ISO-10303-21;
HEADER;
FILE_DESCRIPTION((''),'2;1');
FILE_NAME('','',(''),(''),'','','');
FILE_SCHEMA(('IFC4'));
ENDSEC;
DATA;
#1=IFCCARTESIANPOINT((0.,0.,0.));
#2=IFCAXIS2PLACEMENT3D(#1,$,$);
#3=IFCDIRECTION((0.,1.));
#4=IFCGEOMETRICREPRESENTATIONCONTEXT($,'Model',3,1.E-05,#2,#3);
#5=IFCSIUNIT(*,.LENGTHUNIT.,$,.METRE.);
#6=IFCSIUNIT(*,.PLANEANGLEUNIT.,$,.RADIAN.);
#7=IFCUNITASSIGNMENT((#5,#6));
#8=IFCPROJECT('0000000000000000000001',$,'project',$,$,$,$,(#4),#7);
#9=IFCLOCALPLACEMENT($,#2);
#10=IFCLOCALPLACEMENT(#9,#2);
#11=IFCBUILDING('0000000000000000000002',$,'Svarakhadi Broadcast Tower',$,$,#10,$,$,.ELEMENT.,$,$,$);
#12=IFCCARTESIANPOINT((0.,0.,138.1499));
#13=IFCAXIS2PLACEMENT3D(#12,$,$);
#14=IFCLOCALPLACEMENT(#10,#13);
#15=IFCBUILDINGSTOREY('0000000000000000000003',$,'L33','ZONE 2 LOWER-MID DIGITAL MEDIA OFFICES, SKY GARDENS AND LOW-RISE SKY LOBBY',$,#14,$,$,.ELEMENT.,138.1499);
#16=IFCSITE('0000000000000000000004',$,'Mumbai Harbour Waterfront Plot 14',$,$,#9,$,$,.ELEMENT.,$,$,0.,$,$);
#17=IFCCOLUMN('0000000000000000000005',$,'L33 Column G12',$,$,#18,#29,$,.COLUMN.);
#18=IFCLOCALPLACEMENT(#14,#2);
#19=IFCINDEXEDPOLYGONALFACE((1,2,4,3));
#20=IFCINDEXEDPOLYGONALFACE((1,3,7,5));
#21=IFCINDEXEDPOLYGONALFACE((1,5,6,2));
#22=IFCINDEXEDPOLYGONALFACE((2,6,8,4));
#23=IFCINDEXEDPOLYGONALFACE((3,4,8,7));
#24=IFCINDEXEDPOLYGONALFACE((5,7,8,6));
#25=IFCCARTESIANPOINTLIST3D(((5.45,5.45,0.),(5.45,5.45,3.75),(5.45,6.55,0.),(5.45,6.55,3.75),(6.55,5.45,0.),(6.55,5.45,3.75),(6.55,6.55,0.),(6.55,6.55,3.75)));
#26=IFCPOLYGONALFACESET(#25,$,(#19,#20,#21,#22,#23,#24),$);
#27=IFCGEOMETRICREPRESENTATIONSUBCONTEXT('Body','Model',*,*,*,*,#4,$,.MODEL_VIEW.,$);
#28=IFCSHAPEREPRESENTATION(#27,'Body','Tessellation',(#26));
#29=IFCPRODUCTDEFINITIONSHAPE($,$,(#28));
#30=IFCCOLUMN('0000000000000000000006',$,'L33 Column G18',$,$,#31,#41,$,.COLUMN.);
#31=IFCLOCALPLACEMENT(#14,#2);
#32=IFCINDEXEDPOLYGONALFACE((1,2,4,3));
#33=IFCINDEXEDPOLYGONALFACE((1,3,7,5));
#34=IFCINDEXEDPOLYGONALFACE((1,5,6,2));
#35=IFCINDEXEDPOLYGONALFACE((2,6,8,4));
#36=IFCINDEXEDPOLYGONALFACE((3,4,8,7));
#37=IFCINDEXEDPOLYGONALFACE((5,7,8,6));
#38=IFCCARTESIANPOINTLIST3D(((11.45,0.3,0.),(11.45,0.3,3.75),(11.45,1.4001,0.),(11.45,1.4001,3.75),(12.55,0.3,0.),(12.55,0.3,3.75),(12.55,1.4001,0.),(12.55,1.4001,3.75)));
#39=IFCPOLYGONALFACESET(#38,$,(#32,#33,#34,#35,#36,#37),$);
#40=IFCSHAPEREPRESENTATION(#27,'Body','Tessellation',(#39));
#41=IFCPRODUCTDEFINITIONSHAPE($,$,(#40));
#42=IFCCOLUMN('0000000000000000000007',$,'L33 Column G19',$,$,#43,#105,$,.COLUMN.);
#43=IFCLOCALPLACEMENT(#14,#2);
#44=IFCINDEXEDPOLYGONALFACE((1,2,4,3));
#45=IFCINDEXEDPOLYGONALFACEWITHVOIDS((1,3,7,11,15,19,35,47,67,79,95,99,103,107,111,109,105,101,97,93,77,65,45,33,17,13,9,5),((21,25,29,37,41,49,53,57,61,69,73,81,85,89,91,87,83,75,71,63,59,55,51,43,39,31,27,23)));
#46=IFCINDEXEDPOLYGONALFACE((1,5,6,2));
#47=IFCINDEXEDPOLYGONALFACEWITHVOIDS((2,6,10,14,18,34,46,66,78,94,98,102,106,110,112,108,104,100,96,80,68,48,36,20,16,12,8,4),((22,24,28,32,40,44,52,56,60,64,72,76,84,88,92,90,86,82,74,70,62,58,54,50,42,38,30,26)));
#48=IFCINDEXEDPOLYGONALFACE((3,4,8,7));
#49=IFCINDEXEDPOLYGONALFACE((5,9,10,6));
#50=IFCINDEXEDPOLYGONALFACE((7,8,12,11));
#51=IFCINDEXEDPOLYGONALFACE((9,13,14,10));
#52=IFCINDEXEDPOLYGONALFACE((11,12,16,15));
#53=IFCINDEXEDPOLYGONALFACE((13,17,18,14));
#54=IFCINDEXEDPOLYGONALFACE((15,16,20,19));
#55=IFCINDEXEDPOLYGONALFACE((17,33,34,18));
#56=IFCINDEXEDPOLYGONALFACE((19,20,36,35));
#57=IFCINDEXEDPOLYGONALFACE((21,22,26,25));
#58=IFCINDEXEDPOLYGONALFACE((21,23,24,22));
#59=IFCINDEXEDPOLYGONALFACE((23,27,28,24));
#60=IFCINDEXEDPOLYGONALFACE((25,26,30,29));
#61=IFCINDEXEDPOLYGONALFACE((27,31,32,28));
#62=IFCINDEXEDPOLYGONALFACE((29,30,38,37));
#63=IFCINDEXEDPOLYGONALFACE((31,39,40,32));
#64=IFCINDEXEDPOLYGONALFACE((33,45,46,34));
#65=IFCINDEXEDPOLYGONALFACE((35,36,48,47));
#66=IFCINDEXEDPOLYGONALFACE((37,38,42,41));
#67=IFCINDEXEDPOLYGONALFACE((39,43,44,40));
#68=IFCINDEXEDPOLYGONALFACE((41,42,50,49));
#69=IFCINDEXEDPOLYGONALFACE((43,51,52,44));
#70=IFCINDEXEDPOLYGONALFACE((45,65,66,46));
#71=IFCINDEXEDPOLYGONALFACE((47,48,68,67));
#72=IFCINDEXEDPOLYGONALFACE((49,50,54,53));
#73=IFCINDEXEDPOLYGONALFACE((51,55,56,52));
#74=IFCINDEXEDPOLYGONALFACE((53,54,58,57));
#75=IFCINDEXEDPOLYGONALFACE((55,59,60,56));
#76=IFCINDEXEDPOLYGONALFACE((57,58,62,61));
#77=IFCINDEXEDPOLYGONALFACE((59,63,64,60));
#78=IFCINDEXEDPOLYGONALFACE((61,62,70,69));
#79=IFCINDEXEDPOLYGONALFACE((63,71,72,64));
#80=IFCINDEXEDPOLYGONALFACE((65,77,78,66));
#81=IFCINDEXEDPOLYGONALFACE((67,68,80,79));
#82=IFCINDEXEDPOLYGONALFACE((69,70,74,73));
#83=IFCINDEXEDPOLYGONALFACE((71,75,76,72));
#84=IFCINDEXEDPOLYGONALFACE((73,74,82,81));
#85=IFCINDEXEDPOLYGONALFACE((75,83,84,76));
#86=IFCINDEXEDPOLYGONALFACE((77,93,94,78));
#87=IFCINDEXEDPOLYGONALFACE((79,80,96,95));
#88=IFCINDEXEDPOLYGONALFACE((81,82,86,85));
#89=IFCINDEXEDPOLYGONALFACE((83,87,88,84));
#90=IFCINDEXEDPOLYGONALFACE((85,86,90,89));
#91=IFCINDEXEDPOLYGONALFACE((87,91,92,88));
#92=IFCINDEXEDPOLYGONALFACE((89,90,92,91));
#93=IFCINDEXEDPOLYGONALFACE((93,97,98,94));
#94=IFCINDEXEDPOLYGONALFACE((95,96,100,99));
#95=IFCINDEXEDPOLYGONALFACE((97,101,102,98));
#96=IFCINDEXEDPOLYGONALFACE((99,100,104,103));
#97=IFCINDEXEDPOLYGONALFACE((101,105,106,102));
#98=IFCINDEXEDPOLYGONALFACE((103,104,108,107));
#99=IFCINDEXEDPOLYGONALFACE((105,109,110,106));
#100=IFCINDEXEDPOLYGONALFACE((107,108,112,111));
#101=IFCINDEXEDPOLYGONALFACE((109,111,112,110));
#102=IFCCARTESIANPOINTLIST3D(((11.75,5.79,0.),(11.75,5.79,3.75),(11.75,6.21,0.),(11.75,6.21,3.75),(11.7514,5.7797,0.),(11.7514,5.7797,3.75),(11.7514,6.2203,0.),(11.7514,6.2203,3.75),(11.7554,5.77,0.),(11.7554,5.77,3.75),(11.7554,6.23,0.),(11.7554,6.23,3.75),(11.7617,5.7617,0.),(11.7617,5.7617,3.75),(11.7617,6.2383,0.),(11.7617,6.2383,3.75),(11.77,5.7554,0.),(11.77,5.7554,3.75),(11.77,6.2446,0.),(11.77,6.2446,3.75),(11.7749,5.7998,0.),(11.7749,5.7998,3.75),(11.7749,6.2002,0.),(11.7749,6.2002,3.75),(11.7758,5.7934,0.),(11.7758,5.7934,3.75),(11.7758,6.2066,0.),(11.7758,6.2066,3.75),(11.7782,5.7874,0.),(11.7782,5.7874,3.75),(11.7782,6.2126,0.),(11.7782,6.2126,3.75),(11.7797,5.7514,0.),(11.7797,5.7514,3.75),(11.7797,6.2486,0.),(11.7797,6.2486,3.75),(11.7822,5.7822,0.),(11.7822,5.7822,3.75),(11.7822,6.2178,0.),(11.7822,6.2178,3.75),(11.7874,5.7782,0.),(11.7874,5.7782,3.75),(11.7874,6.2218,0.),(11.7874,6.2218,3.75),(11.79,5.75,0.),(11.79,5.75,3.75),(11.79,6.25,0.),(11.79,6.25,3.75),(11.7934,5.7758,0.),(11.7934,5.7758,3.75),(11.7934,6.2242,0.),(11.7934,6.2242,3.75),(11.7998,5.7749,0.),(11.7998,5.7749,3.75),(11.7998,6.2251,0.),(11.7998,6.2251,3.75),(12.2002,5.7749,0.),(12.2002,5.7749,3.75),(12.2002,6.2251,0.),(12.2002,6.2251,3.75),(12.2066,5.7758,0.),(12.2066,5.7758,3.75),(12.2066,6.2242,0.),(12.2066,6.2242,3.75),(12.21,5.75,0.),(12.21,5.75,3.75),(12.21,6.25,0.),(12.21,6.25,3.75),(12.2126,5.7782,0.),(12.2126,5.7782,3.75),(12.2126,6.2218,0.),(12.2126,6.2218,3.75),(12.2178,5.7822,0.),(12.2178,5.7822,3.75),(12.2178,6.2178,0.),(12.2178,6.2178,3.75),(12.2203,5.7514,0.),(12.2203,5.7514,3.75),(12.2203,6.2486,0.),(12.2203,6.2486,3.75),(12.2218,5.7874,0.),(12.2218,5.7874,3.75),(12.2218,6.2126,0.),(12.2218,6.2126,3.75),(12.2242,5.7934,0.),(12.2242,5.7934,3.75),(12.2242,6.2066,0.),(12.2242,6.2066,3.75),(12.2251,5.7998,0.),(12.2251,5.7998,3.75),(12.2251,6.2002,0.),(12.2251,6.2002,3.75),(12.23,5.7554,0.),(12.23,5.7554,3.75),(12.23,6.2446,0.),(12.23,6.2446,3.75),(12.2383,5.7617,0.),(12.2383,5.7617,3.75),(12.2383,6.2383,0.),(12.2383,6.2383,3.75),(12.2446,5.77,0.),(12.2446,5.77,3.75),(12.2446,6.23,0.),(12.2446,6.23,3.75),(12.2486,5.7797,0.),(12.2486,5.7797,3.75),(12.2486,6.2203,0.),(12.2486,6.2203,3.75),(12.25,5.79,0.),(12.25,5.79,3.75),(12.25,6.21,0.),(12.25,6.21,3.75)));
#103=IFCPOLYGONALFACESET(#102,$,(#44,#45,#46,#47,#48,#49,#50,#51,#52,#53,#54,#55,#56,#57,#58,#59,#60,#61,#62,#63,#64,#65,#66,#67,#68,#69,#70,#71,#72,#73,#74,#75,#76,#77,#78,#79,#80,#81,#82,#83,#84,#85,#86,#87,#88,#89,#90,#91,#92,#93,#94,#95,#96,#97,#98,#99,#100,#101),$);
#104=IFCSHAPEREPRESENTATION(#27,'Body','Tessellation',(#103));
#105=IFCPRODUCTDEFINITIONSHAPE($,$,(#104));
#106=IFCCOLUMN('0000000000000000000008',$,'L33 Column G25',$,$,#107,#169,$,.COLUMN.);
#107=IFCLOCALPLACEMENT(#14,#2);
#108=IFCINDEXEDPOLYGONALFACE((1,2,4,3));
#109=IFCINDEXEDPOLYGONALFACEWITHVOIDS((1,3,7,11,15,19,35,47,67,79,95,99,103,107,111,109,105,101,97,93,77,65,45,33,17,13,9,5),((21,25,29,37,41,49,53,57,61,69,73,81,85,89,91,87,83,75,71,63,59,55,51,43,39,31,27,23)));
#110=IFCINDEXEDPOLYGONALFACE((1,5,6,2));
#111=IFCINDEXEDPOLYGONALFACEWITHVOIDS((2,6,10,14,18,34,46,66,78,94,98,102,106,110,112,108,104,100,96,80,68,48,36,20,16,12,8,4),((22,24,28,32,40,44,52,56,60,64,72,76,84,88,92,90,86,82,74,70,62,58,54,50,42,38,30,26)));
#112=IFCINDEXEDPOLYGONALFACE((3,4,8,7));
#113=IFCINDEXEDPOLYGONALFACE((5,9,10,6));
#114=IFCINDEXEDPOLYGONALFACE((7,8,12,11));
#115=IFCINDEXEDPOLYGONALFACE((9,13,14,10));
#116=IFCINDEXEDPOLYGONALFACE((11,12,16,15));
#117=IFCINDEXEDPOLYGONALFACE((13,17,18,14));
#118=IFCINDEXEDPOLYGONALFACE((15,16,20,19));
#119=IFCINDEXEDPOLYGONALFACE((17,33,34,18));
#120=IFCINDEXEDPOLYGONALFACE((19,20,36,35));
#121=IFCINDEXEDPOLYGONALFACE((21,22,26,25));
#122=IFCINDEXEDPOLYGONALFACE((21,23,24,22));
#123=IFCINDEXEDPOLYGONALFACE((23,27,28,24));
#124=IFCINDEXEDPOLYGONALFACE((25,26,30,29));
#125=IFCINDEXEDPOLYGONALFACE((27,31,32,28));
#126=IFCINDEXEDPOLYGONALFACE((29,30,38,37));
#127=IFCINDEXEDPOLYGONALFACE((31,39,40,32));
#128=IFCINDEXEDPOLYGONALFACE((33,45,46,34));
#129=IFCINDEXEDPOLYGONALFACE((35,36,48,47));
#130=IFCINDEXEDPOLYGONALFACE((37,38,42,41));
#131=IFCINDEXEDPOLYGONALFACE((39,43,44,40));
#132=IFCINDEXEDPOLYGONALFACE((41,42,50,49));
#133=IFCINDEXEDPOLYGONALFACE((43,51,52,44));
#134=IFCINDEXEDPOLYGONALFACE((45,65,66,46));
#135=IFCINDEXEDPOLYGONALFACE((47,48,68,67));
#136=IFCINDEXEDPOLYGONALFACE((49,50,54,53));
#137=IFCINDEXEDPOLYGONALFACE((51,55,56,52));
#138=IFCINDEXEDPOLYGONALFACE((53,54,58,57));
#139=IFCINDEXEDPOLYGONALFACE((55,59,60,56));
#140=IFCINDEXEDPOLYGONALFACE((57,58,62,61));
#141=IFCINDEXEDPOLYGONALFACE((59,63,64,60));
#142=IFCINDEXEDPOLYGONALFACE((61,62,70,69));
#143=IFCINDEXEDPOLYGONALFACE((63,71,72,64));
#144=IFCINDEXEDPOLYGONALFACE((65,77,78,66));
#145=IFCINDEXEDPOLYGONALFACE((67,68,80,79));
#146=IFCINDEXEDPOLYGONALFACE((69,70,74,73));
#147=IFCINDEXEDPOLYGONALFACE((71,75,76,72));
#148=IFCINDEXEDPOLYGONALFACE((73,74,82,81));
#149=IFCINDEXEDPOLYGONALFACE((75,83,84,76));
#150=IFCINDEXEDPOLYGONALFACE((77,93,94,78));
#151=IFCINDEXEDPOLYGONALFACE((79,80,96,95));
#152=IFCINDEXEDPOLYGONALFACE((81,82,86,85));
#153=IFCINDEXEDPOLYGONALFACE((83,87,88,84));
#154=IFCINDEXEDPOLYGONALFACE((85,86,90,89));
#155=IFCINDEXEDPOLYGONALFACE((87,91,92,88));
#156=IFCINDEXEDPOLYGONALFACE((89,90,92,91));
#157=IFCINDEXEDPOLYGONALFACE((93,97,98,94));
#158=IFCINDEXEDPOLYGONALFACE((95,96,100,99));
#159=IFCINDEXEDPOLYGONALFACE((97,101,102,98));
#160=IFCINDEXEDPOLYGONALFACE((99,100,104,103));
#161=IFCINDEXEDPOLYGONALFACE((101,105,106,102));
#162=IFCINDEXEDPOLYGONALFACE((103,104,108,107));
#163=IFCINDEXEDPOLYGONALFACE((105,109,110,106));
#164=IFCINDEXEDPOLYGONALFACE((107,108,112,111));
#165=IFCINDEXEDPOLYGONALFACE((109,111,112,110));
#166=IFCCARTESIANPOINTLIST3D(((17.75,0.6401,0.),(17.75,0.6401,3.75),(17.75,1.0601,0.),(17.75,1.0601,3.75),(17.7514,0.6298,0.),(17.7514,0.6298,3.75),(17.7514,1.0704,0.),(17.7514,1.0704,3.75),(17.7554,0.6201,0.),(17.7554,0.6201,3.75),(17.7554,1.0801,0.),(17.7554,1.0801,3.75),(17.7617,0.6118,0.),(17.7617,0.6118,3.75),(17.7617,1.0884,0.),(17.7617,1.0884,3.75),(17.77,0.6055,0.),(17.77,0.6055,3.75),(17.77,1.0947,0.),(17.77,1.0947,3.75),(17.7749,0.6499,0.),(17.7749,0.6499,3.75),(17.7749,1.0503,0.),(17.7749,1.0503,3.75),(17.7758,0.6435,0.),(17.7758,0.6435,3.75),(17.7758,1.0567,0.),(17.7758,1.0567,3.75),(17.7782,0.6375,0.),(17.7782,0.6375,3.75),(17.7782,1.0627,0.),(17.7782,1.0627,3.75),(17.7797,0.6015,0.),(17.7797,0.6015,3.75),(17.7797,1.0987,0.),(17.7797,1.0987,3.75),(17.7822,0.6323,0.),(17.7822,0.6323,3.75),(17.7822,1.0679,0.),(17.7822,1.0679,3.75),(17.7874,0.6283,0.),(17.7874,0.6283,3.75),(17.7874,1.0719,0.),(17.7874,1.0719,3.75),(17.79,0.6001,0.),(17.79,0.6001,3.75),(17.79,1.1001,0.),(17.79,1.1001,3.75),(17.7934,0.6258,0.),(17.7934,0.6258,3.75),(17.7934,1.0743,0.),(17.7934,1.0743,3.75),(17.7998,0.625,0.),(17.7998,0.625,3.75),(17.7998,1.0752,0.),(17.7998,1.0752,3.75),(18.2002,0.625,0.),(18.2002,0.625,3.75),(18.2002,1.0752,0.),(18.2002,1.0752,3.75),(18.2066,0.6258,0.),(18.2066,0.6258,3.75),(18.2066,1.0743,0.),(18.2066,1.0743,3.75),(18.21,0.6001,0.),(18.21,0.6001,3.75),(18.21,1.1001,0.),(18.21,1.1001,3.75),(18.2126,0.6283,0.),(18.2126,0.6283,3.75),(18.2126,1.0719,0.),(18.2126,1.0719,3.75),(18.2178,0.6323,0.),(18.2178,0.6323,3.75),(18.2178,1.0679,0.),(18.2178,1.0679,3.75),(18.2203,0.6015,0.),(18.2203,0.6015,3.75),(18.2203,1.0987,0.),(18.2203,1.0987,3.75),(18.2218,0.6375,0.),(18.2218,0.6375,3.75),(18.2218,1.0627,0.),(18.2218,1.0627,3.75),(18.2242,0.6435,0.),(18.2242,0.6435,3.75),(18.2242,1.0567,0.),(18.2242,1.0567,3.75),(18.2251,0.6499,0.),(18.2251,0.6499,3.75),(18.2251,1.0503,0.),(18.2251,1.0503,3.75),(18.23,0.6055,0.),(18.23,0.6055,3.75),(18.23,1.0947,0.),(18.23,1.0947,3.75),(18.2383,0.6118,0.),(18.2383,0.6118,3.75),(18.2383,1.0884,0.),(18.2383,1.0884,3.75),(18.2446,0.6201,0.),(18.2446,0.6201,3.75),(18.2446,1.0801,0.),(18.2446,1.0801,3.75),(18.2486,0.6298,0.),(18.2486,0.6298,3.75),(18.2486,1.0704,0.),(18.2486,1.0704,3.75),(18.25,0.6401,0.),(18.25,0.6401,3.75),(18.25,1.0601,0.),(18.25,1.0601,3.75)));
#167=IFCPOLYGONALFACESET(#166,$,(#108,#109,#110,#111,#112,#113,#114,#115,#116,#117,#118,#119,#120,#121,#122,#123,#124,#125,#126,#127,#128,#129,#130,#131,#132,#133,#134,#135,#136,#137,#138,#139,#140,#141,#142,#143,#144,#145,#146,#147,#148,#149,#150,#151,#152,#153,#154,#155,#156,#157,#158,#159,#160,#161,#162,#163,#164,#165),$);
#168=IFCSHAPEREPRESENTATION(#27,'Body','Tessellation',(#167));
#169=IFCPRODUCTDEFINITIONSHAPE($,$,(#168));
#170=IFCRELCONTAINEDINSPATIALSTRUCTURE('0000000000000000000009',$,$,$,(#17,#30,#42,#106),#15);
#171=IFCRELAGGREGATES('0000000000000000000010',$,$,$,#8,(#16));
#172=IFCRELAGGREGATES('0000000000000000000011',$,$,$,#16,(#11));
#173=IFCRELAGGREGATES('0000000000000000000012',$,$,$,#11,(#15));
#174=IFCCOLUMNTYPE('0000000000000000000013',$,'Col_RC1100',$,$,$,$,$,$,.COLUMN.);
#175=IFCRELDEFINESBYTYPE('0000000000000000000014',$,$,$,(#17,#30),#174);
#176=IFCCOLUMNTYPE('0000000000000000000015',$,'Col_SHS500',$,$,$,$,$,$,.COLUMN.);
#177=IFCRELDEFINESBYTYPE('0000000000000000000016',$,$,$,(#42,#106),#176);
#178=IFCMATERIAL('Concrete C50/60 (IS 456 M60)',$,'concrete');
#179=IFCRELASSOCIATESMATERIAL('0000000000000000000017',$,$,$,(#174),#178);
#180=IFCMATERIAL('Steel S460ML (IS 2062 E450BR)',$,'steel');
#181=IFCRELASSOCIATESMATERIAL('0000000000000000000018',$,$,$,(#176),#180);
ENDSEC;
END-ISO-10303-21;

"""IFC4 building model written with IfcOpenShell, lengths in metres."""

from ifc_helpers import new_model, si_unit, direction, frame, origin, origin_2d, place, context, subcontext, project, spatial, rectangle, hollow_rectangle, extrude, material, material_profile, profile_set, type_object, element, save


model = new_model("IFC4")

# Units and contexts
model_context = context("Model", 3, precision=1e-05, world=origin(), true_north=direction((0.0, 1.0)))
body_context = subcontext(model_context, "Body", "Model", "MODEL_VIEW")
ifc_project = project(units=[si_unit("LENGTHUNIT", "METRE"), si_unit("PLANEANGLEUNIT", "RADIAN")], contexts=[model_context])

# Site, building, storey
site_placement = place(None, origin())
site = spatial("IfcSite", under=ifc_project, at=site_placement, Name="Mumbai Harbour Waterfront Plot 14", CompositionType="ELEMENT", RefElevation=0.0)
building_placement = place(site_placement, origin())
building = spatial("IfcBuilding", under=site, at=building_placement, Name="Svarakhadi Broadcast Tower", CompositionType="ELEMENT")
storey_placement = place(building_placement, frame((0.0, 0.0, 138.1499)))
storey = spatial("IfcBuildingStorey", under=building, at=storey_placement, Name="L33", Description="ZONE 2 LOWER-MID DIGITAL MEDIA OFFICES, SKY GARDENS AND LOW-RISE SKY LOBBY", CompositionType="ELEMENT", Elevation=138.1499)

# Columns
ifc_material_1 = material(Name="Concrete C50/60 (IS 456 M60)", Category="concrete")
ifc_material_profile_1 = material_profile(ifc_material_1, rectangle(XDim=1.1001, YDim=1.1001, at=origin_2d()), Name="RC 1100x1100")
ifc_profile_set_1 = profile_set([ifc_material_profile_1], Name="Concrete C50/60 (IS 456 M60)")
column_type_1 = type_object("IfcColumnType", Name="Col_RC1100", PredefinedType="COLUMN", material=ifc_profile_set_1)
for number, where, z_axis, x_axis, name in (
    (1, (6.0, 6.0, 0.0), (0.0, 0.0, 1.0), (1.0, 0.0, 0.0), "L33 Column G12"),
    (2, (12.0, 0.8501, 0.0), (0.0, 0.0, 1.0), (1.0, 0.0, 0.0), "L33 Column G18"),
):
    element("IfcColumn", number, at=place(storey_placement, frame(where, z_axis=z_axis, x_axis=x_axis)), inside=storey, type_object=column_type_1, Name=name, PredefinedType="COLUMN", context=body_context, shape_type="SweptSolid", body=[
        extrude(rectangle(XDim=1.1001, YDim=1.1001, at=origin_2d()), origin(), (0.0, 0.0, 1.0), 3.75),
    ])
ifc_material_2 = material(Name="Steel S460ML (IS 2062 E450BR)", Category="steel")
ifc_material_profile_2 = material_profile(ifc_material_2, hollow_rectangle(XDim=0.5, YDim=0.5, WallThickness=0.0249, InnerFilletRadius=0.0249, OuterFilletRadius=0.04, at=origin_2d()), Name="SHS 500x500x25")
ifc_profile_set_2 = profile_set([ifc_material_profile_2], Name="Steel S460ML (IS 2062 E450BR)")
column_type_2 = type_object("IfcColumnType", Name="Col_SHS500", PredefinedType="COLUMN", material=ifc_profile_set_2)
for number, where, z_axis, x_axis, name in (
    (3, (12.0, 6.0, 0.0), (0.0, 0.0, 1.0), (1.0, 0.0, 0.0), "L33 Column G19"),
    (4, (18.0, 0.8501, 0.0), (0.0, 0.0, 1.0), (1.0, 0.0, 0.0), "L33 Column G25"),
):
    element("IfcColumn", number, at=place(storey_placement, frame(where, z_axis=z_axis, x_axis=x_axis)), inside=storey, type_object=column_type_2, Name=name, PredefinedType="COLUMN", context=body_context, shape_type="SweptSolid", body=[
        extrude(hollow_rectangle(XDim=0.5, YDim=0.5, WallThickness=0.0249, InnerFilletRadius=0.0249, OuterFilletRadius=0.04, at=origin_2d()), origin(), (0.0, 0.0, 1.0), 3.75),
    ])

save(model, "model.ifc")
